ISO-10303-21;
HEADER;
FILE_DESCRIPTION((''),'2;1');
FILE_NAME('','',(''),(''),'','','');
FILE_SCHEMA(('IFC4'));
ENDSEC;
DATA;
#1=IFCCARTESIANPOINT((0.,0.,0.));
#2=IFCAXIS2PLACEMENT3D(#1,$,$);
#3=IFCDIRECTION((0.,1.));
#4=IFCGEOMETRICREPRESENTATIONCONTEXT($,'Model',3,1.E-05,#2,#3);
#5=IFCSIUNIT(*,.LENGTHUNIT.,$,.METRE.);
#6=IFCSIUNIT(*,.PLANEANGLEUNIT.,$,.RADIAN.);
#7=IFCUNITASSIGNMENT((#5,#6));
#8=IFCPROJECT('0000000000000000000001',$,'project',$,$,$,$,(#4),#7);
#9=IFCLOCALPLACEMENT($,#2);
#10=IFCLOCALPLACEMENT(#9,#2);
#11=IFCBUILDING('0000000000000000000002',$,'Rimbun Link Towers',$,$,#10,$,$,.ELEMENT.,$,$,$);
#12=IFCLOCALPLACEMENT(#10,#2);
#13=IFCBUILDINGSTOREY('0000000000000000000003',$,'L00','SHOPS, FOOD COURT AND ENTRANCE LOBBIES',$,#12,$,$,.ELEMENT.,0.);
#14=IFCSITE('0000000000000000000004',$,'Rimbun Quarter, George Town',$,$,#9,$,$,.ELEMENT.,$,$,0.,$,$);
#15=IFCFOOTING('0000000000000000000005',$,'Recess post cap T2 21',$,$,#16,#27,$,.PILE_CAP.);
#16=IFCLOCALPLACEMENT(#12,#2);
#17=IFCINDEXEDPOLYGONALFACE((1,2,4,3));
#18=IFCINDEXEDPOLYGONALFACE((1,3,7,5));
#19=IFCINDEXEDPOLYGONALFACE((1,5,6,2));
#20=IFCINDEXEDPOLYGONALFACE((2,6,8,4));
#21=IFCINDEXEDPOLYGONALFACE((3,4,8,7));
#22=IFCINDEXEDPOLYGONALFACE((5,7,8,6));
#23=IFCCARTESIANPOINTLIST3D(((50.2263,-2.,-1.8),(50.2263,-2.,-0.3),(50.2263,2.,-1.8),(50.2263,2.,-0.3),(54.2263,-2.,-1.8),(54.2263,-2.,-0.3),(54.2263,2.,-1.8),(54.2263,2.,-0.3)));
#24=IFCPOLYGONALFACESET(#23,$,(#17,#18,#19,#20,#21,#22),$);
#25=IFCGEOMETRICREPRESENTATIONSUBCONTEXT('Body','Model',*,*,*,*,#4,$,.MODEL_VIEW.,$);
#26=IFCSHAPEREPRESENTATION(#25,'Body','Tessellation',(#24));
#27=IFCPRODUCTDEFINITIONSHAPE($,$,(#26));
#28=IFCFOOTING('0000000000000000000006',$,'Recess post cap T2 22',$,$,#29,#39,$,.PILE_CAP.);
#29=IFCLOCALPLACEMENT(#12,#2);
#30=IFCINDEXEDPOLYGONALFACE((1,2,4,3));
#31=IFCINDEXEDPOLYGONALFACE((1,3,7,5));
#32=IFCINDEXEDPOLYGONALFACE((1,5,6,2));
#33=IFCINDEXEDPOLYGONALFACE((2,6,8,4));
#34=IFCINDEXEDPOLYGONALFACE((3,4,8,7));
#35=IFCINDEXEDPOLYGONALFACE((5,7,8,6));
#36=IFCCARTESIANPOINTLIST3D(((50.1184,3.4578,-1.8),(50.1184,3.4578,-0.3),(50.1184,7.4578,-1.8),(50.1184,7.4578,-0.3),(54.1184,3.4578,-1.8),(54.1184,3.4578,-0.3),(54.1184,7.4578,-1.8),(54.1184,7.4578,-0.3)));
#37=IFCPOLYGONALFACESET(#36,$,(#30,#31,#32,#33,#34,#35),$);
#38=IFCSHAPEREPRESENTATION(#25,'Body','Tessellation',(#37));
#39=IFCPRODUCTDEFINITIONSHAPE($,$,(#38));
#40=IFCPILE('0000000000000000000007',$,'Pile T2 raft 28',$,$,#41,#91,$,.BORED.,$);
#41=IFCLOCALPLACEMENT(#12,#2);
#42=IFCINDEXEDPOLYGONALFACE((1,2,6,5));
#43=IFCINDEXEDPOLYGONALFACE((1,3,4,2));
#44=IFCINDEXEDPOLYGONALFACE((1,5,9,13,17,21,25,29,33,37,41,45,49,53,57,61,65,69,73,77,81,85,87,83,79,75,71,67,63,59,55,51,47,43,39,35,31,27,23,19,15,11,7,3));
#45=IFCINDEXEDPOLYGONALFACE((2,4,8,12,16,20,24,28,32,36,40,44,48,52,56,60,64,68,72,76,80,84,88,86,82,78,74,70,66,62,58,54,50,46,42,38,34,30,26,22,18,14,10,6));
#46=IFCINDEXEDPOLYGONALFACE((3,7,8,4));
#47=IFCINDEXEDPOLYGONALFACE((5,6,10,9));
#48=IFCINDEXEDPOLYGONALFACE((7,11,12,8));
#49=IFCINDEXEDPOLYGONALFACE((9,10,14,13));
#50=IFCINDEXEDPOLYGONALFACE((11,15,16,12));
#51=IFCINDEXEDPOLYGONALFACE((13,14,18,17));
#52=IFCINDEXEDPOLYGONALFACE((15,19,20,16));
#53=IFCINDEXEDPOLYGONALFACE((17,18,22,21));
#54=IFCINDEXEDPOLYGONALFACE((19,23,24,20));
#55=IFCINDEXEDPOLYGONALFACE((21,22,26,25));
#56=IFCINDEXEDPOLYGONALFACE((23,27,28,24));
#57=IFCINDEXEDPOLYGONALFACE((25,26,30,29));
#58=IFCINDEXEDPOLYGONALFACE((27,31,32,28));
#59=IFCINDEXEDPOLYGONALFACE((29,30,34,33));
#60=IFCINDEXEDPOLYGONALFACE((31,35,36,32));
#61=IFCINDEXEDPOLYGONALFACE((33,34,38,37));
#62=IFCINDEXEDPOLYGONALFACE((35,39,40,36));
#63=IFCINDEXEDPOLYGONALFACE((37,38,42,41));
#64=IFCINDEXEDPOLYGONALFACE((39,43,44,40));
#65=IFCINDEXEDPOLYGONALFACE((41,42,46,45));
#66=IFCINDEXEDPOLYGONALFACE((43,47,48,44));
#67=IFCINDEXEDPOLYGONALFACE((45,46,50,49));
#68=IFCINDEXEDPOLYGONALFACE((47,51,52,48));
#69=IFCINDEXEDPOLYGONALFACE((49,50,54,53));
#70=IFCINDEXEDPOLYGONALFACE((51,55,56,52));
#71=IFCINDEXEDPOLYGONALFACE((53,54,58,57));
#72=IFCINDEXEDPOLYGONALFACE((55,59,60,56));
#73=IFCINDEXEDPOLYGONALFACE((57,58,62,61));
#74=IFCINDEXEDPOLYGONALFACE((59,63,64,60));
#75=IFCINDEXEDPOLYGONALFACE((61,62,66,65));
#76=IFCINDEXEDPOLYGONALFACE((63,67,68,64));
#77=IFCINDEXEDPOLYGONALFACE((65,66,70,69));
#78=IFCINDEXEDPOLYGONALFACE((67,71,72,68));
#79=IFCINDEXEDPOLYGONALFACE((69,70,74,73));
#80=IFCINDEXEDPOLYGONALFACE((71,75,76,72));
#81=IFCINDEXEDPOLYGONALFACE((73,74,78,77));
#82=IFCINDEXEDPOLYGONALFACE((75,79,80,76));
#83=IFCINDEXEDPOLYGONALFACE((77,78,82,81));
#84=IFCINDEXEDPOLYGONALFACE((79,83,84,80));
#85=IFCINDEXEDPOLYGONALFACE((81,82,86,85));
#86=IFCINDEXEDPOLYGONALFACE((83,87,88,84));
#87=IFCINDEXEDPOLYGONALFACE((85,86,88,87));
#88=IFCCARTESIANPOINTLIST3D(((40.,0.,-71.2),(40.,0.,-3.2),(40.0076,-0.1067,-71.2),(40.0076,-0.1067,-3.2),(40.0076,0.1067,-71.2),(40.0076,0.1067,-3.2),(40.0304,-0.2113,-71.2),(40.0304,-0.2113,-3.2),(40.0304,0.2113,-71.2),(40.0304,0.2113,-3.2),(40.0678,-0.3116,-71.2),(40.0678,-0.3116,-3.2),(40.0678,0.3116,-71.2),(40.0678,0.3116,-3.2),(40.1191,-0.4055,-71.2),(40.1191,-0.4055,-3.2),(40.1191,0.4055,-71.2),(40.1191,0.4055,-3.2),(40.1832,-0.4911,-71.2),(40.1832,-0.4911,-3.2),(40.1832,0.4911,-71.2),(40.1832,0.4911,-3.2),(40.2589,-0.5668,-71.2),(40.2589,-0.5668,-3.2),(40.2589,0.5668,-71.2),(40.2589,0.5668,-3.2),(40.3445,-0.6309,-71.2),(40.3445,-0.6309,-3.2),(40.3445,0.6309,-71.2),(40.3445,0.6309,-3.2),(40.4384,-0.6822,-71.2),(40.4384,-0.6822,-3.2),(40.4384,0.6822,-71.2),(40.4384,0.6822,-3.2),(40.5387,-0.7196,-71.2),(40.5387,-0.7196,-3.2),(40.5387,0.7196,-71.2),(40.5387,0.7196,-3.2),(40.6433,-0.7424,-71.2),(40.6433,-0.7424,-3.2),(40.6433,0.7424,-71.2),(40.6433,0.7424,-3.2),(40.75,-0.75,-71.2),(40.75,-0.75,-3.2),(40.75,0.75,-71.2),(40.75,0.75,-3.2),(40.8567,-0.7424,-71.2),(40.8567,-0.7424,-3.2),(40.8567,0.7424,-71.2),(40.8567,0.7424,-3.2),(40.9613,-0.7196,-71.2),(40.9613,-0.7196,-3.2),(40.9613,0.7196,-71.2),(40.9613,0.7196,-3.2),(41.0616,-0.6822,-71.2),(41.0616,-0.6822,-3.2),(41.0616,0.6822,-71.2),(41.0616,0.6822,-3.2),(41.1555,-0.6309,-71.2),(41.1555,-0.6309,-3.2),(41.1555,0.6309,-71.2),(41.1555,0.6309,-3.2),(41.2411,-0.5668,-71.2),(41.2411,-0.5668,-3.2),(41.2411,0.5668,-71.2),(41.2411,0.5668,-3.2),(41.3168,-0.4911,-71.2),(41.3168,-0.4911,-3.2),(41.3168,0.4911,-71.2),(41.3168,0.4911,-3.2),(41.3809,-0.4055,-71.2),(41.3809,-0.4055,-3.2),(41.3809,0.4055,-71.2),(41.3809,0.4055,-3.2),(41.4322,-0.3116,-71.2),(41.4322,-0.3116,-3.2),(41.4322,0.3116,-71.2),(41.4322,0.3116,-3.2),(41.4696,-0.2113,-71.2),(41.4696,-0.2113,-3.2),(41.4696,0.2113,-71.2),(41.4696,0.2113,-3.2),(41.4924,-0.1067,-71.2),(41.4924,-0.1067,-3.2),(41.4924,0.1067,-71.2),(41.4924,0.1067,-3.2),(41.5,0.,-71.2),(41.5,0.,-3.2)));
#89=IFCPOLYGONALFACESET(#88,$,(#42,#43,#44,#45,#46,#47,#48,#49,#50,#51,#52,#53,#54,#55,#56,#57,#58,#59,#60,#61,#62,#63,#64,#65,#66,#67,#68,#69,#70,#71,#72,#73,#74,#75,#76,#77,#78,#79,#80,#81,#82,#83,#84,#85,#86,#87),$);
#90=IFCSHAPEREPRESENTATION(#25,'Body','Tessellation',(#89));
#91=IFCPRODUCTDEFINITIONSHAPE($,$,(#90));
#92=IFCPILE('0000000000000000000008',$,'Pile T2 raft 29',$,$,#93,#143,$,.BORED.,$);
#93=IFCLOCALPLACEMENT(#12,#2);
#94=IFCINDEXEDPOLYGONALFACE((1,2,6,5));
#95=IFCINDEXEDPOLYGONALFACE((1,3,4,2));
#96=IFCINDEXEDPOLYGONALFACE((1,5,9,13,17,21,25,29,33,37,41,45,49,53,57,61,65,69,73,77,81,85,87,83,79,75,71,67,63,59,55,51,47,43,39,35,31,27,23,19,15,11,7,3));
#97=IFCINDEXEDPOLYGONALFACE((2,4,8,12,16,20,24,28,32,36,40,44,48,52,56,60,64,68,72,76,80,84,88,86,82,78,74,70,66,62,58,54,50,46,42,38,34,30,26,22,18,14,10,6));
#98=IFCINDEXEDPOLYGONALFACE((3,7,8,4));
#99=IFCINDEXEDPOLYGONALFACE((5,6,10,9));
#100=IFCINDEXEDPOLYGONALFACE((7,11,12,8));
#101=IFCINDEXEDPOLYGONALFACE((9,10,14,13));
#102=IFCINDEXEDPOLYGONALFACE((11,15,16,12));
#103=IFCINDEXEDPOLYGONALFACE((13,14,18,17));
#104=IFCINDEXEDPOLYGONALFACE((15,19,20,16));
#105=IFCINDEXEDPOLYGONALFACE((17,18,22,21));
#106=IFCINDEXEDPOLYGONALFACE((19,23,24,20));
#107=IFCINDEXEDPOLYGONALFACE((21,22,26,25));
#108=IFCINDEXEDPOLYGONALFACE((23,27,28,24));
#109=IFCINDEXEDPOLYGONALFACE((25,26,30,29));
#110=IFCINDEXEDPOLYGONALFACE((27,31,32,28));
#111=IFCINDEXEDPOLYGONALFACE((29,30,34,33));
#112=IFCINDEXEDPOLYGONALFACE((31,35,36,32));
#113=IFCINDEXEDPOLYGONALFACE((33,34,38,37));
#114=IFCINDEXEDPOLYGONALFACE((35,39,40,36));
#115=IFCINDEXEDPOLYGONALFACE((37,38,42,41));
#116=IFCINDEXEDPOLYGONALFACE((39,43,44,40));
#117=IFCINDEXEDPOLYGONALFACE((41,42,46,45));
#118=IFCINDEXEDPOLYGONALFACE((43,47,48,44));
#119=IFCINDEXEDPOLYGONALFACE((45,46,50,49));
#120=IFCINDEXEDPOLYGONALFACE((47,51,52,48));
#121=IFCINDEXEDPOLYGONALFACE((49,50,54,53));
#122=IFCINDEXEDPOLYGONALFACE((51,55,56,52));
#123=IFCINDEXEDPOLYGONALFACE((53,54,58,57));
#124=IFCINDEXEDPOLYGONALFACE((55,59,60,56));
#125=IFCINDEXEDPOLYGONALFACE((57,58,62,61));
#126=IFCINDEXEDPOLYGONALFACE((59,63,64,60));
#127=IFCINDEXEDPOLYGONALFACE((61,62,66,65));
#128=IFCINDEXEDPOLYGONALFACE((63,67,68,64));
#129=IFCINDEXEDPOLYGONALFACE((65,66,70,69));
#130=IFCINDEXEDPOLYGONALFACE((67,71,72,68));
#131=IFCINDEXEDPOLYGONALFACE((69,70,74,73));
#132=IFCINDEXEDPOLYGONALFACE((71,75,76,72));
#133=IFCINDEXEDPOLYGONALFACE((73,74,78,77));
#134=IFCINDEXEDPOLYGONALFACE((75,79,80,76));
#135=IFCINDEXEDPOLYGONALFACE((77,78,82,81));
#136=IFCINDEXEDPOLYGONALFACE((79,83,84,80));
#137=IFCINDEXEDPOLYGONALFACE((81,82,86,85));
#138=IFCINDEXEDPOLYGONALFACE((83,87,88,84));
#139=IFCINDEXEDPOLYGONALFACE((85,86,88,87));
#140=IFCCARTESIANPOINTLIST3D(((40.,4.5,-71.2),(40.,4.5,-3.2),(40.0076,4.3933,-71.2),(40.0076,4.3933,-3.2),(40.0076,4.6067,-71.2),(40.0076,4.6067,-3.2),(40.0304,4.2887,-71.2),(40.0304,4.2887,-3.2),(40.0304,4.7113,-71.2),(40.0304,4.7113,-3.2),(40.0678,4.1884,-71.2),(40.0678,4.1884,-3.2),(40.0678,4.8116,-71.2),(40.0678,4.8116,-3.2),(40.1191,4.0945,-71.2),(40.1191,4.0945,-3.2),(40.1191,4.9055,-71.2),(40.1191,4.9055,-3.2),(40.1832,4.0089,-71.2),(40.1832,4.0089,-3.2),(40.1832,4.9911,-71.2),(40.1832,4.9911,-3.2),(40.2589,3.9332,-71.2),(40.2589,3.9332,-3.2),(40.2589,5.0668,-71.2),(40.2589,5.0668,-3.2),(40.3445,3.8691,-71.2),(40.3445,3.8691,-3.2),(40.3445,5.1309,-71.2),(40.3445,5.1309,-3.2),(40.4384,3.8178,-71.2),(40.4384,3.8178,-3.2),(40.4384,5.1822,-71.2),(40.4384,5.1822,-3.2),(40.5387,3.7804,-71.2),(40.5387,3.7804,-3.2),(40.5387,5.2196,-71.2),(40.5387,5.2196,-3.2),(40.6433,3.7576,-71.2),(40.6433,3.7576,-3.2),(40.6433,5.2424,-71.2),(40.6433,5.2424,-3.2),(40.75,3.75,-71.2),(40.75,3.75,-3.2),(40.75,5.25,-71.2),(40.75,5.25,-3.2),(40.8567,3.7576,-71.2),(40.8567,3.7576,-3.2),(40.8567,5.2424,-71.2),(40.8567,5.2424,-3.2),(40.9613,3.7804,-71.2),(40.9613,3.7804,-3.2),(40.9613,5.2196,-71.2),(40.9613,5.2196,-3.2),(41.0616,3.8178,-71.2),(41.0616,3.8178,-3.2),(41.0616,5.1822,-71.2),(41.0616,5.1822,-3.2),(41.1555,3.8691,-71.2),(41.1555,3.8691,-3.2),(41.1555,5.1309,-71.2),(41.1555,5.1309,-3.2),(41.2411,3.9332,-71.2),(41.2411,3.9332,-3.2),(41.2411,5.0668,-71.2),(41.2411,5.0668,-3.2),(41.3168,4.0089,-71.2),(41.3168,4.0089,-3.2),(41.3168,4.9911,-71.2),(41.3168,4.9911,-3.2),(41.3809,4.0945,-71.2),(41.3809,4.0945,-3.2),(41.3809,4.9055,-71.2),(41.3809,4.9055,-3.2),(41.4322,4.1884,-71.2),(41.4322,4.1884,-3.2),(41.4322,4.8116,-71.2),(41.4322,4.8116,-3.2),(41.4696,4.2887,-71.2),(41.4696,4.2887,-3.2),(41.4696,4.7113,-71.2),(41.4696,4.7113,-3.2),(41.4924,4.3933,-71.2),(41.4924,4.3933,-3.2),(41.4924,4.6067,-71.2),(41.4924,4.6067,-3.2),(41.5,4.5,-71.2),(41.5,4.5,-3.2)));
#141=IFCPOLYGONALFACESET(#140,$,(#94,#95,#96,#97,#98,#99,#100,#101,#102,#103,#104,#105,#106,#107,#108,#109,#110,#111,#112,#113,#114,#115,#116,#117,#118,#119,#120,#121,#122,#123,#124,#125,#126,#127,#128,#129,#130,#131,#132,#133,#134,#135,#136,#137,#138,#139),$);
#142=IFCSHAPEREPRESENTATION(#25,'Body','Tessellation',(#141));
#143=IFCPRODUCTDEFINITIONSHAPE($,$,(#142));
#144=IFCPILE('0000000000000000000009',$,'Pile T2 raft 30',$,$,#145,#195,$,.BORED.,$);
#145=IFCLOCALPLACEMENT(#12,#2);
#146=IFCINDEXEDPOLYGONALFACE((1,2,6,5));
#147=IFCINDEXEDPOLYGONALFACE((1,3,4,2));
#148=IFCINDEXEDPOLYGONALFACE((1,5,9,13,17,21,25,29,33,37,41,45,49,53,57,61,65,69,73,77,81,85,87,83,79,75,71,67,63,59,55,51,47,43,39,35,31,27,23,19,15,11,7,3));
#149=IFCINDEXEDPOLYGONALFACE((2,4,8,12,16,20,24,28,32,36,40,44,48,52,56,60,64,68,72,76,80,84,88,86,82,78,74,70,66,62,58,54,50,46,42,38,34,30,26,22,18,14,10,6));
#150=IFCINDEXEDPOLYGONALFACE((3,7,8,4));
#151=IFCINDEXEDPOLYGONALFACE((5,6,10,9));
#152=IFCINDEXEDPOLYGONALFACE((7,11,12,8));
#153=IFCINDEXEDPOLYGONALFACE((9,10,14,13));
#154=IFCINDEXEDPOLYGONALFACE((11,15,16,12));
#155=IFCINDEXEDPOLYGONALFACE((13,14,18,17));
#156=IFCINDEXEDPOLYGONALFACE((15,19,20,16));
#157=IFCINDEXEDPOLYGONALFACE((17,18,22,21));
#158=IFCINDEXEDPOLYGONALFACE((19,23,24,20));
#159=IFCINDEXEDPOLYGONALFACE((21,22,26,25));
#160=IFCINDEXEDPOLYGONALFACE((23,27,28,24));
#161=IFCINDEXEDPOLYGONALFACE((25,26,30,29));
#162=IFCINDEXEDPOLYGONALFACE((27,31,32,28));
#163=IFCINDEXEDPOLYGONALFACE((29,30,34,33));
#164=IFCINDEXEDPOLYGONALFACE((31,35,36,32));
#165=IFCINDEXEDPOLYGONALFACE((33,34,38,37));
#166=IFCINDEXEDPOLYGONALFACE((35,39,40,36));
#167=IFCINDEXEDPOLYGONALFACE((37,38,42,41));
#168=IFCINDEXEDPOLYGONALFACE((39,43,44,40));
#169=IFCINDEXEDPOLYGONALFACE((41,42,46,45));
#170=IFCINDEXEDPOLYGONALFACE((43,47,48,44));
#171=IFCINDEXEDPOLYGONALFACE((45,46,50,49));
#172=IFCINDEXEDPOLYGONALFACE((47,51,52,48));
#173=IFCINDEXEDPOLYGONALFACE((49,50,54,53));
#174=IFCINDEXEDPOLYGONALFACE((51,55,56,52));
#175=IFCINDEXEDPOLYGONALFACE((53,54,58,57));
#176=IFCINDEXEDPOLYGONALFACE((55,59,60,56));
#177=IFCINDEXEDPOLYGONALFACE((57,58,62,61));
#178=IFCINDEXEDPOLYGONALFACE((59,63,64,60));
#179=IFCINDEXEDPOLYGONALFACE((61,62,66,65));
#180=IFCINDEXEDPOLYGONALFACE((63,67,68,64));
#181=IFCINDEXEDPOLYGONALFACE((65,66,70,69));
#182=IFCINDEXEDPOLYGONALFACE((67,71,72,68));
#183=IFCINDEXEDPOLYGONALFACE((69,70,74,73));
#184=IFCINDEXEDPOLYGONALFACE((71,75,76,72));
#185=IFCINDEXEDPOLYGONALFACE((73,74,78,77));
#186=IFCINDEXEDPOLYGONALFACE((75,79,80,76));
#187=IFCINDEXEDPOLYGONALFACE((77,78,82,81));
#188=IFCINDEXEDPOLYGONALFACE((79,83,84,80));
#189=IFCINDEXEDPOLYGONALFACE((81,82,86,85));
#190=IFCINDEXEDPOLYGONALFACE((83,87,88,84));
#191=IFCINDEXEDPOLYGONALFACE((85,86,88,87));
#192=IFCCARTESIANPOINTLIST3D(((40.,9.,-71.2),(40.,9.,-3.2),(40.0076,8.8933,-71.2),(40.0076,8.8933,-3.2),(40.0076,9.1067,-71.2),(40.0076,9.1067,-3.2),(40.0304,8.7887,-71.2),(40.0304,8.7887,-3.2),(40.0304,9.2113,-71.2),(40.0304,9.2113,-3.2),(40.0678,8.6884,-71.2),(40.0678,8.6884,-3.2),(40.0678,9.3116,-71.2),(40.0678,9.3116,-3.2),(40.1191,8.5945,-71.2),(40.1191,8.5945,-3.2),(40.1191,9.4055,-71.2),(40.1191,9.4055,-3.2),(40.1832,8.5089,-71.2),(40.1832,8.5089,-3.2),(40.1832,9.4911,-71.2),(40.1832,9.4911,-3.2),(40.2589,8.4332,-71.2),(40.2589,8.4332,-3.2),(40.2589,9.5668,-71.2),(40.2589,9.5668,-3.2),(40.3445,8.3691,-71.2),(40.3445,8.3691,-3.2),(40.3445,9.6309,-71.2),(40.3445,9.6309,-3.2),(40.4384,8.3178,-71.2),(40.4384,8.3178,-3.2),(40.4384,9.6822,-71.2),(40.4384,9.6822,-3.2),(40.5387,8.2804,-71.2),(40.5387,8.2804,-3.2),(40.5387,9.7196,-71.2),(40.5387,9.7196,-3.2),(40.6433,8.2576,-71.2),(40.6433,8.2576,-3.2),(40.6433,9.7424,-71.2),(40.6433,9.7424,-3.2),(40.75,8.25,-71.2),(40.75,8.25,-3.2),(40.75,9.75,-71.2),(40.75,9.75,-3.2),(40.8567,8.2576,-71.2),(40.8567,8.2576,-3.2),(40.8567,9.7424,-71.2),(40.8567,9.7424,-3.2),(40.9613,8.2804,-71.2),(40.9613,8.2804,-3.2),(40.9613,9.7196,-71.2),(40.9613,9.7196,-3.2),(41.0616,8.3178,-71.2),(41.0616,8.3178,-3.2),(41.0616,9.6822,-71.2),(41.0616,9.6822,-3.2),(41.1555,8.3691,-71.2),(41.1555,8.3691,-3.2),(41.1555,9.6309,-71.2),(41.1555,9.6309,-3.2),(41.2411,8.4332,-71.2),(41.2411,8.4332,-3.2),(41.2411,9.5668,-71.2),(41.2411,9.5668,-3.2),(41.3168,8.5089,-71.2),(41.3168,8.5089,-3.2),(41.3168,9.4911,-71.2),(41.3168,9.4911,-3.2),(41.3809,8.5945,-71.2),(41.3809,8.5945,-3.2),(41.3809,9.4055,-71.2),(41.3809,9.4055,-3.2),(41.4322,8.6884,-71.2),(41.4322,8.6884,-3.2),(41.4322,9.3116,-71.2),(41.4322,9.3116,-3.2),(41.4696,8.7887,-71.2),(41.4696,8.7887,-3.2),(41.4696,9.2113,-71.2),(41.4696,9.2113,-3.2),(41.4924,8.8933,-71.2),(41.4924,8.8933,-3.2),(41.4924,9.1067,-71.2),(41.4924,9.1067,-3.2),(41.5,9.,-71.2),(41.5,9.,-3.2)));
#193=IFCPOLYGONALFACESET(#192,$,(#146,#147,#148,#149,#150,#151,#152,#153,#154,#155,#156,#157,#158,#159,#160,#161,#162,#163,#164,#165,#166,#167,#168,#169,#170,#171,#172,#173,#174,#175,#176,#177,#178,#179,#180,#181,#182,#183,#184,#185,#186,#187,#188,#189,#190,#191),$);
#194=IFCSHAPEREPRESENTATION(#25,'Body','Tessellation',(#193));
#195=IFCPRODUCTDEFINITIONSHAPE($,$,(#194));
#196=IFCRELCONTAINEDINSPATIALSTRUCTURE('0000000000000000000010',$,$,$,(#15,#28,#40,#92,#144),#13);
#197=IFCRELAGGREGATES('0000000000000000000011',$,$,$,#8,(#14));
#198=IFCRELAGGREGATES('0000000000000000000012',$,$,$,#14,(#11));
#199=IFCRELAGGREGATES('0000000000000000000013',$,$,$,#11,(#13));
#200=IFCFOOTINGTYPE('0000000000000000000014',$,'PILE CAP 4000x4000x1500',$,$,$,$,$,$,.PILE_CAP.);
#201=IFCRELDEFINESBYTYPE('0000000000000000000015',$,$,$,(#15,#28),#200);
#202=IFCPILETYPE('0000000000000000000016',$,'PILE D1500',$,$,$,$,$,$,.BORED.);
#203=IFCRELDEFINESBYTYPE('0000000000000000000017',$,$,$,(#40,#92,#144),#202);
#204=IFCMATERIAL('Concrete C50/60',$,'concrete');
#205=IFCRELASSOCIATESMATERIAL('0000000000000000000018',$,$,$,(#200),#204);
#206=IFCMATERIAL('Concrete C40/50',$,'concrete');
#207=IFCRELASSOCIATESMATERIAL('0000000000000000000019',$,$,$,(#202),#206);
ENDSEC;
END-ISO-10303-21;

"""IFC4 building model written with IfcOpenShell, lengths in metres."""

from ifc_helpers import new_model, si_unit, direction, frame, origin, origin_2d, place, context, subcontext, project, spatial, rectangle, circle, extrude, material, material_profile, profile_set, type_object, element, save


model = new_model("IFC4")

# Units and contexts
model_context = context("Model", 3, precision=1e-05, world=origin(), true_north=direction((0.0, 1.0)))
body_context = subcontext(model_context, "Body", "Model", "MODEL_VIEW")
ifc_project = project(units=[si_unit("LENGTHUNIT", "METRE"), si_unit("PLANEANGLEUNIT", "RADIAN")], contexts=[model_context])

# Site, building, storey
site_placement = place(None, origin())
site = spatial("IfcSite", under=ifc_project, at=site_placement, Name="Rimbun Quarter, George Town", CompositionType="ELEMENT", RefElevation=0.0)
building_placement = place(site_placement, origin())
building = spatial("IfcBuilding", under=site, at=building_placement, Name="Rimbun Link Towers", CompositionType="ELEMENT")
storey_placement = place(building_placement, origin())
storey = spatial("IfcBuildingStorey", under=building, at=storey_placement, Name="L00", Description="SHOPS, FOOD COURT AND ENTRANCE LOBBIES", CompositionType="ELEMENT", Elevation=0.0)

# Footings
ifc_material_1 = material(Name="Concrete C50/60", Category="concrete")
footing_type = type_object("IfcFootingType", Name="PILE CAP 4000x4000x1500", PredefinedType="PILE_CAP", material=ifc_material_1)
for number, where, z_axis, x_axis, name in (
    (1, (52.2263, 0.0, -1.8), (0.0, 0.0, 1.0), (1.0, 0.0, 0.0), "Recess post cap T2 21"),
    (2, (52.1184, 5.4578, -1.8), (0.0, 0.0, 1.0), (1.0, 0.0, 0.0), "Recess post cap T2 22"),
):
    element("IfcFooting", number, at=place(storey_placement, frame(where, z_axis=z_axis, x_axis=x_axis)), inside=storey, type_object=footing_type, Name=name, PredefinedType="PILE_CAP", context=body_context, shape_type="SweptSolid", body=[
        extrude(rectangle(XDim=4.0, YDim=4.0, at=origin_2d()), origin(), (0.0, 0.0, 1.0), 1.5),
    ])

# Piles
ifc_material_2 = material(Name="Concrete C40/50", Category="concrete")
ifc_material_profile_1 = material_profile(ifc_material_2, circle(Radius=0.75, at=origin_2d()), Name="PILE D1500")
ifc_profile_set_1 = profile_set([ifc_material_profile_1], Name="Concrete C40/50")
pile_type_1 = type_object("IfcPileType", Name="PILE D1500", PredefinedType="BORED", material=ifc_profile_set_1)
for number, where, z_axis, x_axis, name in (
    (3, (40.75, 0.0, -3.2), (0.0, 0.0, -1.0), (1.0, 0.0, 0.0), "Pile T2 raft 28"),
    (4, (40.75, 4.5, -3.2), (0.0, 0.0, -1.0), (1.0, 0.0, 0.0), "Pile T2 raft 29"),
    (5, (40.75, 9.0, -3.2), (0.0, 0.0, -1.0), (1.0, 0.0, 0.0), "Pile T2 raft 30"),
):
    element("IfcPile", number, at=place(storey_placement, frame(where, z_axis=z_axis, x_axis=x_axis)), inside=storey, type_object=pile_type_1, Name=name, PredefinedType="BORED", context=body_context, shape_type="SweptSolid", body=[
        extrude(circle(Radius=0.75, at=origin_2d()), origin(), (0.0, 0.0, 1.0), 68.0),
    ])

save(model, "model.ifc")
